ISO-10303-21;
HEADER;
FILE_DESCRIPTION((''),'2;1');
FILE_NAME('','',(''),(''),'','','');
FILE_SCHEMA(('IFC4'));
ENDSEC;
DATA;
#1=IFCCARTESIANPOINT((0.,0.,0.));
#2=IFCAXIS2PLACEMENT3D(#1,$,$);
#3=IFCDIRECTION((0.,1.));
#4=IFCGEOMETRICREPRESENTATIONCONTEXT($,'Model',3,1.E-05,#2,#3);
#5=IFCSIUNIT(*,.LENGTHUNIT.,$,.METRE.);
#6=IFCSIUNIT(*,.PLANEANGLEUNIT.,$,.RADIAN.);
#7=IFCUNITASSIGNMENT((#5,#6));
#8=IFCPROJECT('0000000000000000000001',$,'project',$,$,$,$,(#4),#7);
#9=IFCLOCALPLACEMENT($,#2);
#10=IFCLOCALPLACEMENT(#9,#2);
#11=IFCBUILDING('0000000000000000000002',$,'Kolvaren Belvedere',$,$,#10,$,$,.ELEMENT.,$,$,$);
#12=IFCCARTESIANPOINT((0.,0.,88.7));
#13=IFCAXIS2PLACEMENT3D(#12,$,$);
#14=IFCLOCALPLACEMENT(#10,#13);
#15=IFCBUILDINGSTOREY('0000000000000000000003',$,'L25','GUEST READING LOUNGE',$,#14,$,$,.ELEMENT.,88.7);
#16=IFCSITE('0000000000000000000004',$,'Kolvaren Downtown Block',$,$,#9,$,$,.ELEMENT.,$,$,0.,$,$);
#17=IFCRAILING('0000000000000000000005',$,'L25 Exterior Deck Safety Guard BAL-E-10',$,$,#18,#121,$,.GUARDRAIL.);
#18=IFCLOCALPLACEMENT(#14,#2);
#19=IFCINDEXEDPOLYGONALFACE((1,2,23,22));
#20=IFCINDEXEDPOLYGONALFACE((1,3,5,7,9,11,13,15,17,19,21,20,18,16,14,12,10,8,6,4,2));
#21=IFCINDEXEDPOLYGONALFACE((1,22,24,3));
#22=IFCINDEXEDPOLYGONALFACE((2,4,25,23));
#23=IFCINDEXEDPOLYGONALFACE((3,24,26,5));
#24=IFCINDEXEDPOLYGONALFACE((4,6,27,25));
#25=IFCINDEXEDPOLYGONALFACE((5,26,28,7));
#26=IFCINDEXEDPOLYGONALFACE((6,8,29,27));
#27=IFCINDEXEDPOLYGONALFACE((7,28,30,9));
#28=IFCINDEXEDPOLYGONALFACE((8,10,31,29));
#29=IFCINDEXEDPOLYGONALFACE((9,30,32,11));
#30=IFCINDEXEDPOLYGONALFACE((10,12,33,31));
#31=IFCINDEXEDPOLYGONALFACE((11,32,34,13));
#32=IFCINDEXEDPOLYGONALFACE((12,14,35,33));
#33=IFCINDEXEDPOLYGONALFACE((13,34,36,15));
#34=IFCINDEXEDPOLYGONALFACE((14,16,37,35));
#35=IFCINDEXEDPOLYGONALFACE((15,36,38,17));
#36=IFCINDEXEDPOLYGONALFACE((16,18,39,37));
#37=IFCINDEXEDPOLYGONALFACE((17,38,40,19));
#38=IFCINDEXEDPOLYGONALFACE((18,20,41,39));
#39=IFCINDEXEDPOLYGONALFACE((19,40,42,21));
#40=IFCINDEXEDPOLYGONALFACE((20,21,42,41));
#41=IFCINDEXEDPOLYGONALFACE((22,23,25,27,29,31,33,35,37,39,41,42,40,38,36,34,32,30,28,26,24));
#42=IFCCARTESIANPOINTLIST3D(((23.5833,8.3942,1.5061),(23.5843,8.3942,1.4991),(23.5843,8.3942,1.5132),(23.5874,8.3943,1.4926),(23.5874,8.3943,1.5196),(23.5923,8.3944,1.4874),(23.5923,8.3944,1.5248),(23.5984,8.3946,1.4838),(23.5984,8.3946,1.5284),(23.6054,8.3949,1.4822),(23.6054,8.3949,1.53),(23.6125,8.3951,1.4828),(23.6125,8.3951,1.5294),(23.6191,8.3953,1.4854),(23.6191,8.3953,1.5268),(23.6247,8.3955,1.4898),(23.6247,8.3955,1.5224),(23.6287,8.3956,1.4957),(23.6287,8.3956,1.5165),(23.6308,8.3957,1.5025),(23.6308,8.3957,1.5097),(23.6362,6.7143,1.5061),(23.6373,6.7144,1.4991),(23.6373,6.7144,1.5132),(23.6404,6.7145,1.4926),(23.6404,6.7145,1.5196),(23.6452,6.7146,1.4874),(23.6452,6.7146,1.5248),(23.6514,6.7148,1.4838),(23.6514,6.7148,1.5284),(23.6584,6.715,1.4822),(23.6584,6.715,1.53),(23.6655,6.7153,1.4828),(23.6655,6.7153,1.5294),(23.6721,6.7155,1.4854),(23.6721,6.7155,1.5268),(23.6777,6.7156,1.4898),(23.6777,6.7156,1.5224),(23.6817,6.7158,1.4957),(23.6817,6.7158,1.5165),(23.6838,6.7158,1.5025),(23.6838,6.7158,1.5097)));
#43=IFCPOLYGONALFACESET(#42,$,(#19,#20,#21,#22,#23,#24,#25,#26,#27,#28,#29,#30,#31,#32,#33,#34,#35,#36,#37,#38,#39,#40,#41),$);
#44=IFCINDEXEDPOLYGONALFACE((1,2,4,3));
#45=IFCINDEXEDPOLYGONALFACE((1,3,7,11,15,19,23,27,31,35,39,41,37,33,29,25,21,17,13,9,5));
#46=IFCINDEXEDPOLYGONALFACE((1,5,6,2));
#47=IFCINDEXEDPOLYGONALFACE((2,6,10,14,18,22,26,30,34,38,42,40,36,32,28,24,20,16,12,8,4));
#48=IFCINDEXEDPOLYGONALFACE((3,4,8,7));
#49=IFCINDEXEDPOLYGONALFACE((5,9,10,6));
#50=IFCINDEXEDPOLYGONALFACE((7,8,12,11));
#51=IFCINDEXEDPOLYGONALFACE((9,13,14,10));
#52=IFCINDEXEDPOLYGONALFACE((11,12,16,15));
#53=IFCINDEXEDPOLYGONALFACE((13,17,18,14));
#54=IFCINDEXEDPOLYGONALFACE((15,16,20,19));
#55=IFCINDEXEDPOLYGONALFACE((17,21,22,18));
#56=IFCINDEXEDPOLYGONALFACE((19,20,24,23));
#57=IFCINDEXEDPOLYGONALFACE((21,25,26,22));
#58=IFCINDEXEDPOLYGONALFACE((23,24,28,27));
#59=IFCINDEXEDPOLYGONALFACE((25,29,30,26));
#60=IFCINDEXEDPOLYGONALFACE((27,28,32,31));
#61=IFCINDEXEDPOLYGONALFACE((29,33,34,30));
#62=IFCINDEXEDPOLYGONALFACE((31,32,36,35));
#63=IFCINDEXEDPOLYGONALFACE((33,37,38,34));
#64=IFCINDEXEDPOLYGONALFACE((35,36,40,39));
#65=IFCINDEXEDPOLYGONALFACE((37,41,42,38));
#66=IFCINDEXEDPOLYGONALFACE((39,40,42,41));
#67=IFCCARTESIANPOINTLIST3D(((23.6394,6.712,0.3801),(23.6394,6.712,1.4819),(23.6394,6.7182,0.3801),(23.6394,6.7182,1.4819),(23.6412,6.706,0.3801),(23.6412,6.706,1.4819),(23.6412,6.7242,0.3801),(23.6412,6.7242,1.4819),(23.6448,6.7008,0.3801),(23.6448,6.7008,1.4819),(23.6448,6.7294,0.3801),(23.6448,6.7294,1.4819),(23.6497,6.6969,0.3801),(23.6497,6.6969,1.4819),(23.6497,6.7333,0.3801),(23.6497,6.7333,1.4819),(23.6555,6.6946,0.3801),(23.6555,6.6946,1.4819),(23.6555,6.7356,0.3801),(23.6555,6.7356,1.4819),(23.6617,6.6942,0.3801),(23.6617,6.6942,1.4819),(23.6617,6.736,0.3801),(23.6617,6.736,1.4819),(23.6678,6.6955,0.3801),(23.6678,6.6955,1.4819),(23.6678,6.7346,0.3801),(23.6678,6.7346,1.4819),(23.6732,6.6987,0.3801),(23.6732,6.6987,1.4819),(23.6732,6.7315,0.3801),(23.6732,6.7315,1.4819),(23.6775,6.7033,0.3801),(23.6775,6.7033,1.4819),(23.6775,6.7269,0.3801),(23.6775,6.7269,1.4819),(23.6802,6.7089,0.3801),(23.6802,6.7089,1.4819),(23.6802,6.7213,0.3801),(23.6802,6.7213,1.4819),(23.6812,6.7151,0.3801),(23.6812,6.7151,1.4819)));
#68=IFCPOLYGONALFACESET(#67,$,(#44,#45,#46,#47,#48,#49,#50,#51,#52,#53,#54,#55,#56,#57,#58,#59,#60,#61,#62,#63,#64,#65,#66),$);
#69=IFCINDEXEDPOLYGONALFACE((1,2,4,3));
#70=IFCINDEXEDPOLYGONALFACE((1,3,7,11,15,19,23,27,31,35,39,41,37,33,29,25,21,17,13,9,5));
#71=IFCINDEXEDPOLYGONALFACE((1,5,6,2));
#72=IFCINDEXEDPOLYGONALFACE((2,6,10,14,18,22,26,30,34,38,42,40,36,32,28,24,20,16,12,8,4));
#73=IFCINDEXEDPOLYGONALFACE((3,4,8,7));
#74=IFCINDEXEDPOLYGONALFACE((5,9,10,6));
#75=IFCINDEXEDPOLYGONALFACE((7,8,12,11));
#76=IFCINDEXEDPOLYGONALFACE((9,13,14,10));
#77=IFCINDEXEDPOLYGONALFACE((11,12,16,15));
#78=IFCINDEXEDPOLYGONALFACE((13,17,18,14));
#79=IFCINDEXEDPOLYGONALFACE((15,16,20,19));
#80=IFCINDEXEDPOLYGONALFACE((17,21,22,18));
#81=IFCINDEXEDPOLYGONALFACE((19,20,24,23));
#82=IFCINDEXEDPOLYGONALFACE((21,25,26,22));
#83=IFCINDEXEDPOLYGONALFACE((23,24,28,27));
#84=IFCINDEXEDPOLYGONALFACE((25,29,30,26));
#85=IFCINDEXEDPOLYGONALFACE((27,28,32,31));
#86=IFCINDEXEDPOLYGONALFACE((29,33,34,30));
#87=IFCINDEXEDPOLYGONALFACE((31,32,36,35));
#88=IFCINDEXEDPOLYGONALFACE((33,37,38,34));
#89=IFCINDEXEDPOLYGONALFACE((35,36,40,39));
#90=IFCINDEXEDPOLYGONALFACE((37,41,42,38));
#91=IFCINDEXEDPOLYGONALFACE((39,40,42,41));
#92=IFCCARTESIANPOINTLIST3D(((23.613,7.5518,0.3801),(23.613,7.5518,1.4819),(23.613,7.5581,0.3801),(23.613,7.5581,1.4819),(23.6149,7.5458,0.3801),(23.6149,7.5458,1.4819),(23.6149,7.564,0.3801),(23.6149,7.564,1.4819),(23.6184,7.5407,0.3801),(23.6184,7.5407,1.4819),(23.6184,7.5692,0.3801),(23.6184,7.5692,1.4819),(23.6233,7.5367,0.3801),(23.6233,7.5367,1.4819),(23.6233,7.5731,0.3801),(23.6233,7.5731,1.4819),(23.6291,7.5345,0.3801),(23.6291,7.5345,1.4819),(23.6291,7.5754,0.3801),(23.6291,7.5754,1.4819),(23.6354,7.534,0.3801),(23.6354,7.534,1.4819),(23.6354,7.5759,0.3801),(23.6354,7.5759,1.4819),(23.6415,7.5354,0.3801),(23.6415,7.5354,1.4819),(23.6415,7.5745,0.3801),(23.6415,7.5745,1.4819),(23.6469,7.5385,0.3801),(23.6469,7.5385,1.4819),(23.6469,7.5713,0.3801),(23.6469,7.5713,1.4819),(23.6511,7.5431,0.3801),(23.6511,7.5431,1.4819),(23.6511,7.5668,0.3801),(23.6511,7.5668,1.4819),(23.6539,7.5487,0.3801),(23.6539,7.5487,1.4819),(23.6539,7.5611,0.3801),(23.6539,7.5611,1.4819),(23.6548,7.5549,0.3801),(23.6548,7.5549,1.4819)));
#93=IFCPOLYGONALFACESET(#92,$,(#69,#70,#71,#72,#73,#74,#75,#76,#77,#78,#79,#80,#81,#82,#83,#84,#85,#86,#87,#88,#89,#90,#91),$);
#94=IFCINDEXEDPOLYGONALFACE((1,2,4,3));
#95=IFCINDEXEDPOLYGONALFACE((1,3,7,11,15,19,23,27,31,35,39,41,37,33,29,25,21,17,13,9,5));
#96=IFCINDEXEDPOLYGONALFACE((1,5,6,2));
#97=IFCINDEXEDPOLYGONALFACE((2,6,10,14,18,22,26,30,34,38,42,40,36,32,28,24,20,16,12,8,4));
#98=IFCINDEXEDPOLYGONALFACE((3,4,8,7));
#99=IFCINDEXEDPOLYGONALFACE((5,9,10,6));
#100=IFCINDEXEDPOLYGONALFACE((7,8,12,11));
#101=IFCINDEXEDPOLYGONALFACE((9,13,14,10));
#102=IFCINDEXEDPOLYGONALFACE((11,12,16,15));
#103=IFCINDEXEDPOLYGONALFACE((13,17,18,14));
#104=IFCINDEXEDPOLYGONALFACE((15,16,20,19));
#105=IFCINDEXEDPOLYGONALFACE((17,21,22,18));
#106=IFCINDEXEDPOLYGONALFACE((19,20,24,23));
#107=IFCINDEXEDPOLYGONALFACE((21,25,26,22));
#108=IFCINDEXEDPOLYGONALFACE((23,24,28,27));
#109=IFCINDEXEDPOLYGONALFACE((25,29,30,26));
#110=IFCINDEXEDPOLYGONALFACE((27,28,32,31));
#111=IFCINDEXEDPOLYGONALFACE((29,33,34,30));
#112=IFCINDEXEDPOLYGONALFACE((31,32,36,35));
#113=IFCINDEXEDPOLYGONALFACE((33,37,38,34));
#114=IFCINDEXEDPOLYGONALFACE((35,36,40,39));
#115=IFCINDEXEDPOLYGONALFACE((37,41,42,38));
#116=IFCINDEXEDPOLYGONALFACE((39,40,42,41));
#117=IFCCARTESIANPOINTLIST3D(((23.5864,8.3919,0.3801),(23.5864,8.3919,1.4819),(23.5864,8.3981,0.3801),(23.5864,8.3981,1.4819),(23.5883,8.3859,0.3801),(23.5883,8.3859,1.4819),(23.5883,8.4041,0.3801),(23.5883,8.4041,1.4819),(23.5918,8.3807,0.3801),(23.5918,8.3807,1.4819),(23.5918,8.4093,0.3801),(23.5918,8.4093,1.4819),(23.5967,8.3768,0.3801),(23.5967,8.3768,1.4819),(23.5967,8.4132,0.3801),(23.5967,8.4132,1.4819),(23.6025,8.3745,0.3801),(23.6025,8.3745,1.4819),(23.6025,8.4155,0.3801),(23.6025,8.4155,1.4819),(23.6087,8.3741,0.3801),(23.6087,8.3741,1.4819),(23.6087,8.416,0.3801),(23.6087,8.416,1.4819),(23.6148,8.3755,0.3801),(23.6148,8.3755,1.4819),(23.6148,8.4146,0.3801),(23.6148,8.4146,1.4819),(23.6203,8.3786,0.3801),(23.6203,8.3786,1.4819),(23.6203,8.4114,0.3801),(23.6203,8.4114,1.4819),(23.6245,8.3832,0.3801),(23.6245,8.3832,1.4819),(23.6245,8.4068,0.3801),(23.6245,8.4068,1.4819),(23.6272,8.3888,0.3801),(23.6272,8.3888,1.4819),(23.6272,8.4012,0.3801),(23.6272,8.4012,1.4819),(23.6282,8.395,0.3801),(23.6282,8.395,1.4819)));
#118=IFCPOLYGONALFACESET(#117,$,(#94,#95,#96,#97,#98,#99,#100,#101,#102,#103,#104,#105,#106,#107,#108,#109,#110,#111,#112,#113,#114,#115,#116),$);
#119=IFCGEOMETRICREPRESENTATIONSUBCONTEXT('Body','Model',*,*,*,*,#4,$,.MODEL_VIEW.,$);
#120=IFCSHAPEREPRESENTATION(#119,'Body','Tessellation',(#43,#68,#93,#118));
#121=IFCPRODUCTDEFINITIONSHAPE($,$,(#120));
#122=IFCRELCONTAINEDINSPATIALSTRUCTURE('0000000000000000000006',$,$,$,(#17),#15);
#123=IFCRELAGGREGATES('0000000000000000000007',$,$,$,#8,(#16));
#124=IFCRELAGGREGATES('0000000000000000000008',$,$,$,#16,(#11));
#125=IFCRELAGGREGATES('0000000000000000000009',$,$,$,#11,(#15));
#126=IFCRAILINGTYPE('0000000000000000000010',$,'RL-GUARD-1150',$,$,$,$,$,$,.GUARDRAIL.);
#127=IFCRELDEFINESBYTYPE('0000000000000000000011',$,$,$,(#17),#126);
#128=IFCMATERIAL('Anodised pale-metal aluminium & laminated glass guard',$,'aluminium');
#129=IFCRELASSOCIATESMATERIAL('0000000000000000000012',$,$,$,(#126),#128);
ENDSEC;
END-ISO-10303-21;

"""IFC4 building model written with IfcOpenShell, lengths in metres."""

from ifc_helpers import new_model, si_unit, direction, frame, origin, origin_2d, place, context, subcontext, project, spatial, circle, extrude, material, type_object, element, save


model = new_model("IFC4")

# Units and contexts
model_context = context("Model", 3, precision=1e-05, world=origin(), true_north=direction((0.0, 1.0)))
body_context = subcontext(model_context, "Body", "Model", "MODEL_VIEW")
ifc_project = project(units=[si_unit("LENGTHUNIT", "METRE"), si_unit("PLANEANGLEUNIT", "RADIAN")], contexts=[model_context])

# Site, building, storey
site_placement = place(None, origin())
site = spatial("IfcSite", under=ifc_project, at=site_placement, Name="Kolvaren Downtown Block", CompositionType="ELEMENT", RefElevation=0.0)
building_placement = place(site_placement, origin())
building = spatial("IfcBuilding", under=site, at=building_placement, Name="Kolvaren Belvedere", CompositionType="ELEMENT")
storey_placement = place(building_placement, frame((0.0, 0.0, 88.7)))
storey = spatial("IfcBuildingStorey", under=building, at=storey_placement, Name="L25", Description="GUEST READING LOUNGE", CompositionType="ELEMENT", Elevation=88.7)

# Railing
ifc_material_1 = material(Name="Anodised pale-metal aluminium & laminated glass guard", Category="aluminium")
railing_type = type_object("IfcRailingType", Name="RL-GUARD-1150", PredefinedType="GUARDRAIL", material=ifc_material_1)
railing_1_placement = place(storey_placement, frame((23.6602, 6.7151, 0.3801)))
element("IfcRailing", 1, at=railing_1_placement, inside=storey, type_object=railing_type, Name="L25 Exterior Deck Safety Guard BAL-E-10", PredefinedType="GUARDRAIL", context=body_context, shape_type="SweptSolid", body=[
    extrude(circle(Radius=0.0239, at=origin_2d()), frame((0.0, 0.0, 1.126), z_axis=(-0.03152, 0.999503, 0.0), x_axis=(-0.999503, -0.03152, 0.0)), (0.0, 0.0, 1.0), 1.6807),
    extrude(circle(Radius=0.021, at=origin_2d()), origin(), (0.0, 0.0, 1.0), 1.1018),
    extrude(circle(Radius=0.021, at=origin_2d()), frame((-0.0264, 0.8398, 0.0)), (0.0, 0.0, 1.0), 1.1018),
    extrude(circle(Radius=0.021, at=origin_2d()), frame((-0.053, 1.6799, 0.0)), (0.0, 0.0, 1.0), 1.1018),
])

save(model, "model.ifc")
